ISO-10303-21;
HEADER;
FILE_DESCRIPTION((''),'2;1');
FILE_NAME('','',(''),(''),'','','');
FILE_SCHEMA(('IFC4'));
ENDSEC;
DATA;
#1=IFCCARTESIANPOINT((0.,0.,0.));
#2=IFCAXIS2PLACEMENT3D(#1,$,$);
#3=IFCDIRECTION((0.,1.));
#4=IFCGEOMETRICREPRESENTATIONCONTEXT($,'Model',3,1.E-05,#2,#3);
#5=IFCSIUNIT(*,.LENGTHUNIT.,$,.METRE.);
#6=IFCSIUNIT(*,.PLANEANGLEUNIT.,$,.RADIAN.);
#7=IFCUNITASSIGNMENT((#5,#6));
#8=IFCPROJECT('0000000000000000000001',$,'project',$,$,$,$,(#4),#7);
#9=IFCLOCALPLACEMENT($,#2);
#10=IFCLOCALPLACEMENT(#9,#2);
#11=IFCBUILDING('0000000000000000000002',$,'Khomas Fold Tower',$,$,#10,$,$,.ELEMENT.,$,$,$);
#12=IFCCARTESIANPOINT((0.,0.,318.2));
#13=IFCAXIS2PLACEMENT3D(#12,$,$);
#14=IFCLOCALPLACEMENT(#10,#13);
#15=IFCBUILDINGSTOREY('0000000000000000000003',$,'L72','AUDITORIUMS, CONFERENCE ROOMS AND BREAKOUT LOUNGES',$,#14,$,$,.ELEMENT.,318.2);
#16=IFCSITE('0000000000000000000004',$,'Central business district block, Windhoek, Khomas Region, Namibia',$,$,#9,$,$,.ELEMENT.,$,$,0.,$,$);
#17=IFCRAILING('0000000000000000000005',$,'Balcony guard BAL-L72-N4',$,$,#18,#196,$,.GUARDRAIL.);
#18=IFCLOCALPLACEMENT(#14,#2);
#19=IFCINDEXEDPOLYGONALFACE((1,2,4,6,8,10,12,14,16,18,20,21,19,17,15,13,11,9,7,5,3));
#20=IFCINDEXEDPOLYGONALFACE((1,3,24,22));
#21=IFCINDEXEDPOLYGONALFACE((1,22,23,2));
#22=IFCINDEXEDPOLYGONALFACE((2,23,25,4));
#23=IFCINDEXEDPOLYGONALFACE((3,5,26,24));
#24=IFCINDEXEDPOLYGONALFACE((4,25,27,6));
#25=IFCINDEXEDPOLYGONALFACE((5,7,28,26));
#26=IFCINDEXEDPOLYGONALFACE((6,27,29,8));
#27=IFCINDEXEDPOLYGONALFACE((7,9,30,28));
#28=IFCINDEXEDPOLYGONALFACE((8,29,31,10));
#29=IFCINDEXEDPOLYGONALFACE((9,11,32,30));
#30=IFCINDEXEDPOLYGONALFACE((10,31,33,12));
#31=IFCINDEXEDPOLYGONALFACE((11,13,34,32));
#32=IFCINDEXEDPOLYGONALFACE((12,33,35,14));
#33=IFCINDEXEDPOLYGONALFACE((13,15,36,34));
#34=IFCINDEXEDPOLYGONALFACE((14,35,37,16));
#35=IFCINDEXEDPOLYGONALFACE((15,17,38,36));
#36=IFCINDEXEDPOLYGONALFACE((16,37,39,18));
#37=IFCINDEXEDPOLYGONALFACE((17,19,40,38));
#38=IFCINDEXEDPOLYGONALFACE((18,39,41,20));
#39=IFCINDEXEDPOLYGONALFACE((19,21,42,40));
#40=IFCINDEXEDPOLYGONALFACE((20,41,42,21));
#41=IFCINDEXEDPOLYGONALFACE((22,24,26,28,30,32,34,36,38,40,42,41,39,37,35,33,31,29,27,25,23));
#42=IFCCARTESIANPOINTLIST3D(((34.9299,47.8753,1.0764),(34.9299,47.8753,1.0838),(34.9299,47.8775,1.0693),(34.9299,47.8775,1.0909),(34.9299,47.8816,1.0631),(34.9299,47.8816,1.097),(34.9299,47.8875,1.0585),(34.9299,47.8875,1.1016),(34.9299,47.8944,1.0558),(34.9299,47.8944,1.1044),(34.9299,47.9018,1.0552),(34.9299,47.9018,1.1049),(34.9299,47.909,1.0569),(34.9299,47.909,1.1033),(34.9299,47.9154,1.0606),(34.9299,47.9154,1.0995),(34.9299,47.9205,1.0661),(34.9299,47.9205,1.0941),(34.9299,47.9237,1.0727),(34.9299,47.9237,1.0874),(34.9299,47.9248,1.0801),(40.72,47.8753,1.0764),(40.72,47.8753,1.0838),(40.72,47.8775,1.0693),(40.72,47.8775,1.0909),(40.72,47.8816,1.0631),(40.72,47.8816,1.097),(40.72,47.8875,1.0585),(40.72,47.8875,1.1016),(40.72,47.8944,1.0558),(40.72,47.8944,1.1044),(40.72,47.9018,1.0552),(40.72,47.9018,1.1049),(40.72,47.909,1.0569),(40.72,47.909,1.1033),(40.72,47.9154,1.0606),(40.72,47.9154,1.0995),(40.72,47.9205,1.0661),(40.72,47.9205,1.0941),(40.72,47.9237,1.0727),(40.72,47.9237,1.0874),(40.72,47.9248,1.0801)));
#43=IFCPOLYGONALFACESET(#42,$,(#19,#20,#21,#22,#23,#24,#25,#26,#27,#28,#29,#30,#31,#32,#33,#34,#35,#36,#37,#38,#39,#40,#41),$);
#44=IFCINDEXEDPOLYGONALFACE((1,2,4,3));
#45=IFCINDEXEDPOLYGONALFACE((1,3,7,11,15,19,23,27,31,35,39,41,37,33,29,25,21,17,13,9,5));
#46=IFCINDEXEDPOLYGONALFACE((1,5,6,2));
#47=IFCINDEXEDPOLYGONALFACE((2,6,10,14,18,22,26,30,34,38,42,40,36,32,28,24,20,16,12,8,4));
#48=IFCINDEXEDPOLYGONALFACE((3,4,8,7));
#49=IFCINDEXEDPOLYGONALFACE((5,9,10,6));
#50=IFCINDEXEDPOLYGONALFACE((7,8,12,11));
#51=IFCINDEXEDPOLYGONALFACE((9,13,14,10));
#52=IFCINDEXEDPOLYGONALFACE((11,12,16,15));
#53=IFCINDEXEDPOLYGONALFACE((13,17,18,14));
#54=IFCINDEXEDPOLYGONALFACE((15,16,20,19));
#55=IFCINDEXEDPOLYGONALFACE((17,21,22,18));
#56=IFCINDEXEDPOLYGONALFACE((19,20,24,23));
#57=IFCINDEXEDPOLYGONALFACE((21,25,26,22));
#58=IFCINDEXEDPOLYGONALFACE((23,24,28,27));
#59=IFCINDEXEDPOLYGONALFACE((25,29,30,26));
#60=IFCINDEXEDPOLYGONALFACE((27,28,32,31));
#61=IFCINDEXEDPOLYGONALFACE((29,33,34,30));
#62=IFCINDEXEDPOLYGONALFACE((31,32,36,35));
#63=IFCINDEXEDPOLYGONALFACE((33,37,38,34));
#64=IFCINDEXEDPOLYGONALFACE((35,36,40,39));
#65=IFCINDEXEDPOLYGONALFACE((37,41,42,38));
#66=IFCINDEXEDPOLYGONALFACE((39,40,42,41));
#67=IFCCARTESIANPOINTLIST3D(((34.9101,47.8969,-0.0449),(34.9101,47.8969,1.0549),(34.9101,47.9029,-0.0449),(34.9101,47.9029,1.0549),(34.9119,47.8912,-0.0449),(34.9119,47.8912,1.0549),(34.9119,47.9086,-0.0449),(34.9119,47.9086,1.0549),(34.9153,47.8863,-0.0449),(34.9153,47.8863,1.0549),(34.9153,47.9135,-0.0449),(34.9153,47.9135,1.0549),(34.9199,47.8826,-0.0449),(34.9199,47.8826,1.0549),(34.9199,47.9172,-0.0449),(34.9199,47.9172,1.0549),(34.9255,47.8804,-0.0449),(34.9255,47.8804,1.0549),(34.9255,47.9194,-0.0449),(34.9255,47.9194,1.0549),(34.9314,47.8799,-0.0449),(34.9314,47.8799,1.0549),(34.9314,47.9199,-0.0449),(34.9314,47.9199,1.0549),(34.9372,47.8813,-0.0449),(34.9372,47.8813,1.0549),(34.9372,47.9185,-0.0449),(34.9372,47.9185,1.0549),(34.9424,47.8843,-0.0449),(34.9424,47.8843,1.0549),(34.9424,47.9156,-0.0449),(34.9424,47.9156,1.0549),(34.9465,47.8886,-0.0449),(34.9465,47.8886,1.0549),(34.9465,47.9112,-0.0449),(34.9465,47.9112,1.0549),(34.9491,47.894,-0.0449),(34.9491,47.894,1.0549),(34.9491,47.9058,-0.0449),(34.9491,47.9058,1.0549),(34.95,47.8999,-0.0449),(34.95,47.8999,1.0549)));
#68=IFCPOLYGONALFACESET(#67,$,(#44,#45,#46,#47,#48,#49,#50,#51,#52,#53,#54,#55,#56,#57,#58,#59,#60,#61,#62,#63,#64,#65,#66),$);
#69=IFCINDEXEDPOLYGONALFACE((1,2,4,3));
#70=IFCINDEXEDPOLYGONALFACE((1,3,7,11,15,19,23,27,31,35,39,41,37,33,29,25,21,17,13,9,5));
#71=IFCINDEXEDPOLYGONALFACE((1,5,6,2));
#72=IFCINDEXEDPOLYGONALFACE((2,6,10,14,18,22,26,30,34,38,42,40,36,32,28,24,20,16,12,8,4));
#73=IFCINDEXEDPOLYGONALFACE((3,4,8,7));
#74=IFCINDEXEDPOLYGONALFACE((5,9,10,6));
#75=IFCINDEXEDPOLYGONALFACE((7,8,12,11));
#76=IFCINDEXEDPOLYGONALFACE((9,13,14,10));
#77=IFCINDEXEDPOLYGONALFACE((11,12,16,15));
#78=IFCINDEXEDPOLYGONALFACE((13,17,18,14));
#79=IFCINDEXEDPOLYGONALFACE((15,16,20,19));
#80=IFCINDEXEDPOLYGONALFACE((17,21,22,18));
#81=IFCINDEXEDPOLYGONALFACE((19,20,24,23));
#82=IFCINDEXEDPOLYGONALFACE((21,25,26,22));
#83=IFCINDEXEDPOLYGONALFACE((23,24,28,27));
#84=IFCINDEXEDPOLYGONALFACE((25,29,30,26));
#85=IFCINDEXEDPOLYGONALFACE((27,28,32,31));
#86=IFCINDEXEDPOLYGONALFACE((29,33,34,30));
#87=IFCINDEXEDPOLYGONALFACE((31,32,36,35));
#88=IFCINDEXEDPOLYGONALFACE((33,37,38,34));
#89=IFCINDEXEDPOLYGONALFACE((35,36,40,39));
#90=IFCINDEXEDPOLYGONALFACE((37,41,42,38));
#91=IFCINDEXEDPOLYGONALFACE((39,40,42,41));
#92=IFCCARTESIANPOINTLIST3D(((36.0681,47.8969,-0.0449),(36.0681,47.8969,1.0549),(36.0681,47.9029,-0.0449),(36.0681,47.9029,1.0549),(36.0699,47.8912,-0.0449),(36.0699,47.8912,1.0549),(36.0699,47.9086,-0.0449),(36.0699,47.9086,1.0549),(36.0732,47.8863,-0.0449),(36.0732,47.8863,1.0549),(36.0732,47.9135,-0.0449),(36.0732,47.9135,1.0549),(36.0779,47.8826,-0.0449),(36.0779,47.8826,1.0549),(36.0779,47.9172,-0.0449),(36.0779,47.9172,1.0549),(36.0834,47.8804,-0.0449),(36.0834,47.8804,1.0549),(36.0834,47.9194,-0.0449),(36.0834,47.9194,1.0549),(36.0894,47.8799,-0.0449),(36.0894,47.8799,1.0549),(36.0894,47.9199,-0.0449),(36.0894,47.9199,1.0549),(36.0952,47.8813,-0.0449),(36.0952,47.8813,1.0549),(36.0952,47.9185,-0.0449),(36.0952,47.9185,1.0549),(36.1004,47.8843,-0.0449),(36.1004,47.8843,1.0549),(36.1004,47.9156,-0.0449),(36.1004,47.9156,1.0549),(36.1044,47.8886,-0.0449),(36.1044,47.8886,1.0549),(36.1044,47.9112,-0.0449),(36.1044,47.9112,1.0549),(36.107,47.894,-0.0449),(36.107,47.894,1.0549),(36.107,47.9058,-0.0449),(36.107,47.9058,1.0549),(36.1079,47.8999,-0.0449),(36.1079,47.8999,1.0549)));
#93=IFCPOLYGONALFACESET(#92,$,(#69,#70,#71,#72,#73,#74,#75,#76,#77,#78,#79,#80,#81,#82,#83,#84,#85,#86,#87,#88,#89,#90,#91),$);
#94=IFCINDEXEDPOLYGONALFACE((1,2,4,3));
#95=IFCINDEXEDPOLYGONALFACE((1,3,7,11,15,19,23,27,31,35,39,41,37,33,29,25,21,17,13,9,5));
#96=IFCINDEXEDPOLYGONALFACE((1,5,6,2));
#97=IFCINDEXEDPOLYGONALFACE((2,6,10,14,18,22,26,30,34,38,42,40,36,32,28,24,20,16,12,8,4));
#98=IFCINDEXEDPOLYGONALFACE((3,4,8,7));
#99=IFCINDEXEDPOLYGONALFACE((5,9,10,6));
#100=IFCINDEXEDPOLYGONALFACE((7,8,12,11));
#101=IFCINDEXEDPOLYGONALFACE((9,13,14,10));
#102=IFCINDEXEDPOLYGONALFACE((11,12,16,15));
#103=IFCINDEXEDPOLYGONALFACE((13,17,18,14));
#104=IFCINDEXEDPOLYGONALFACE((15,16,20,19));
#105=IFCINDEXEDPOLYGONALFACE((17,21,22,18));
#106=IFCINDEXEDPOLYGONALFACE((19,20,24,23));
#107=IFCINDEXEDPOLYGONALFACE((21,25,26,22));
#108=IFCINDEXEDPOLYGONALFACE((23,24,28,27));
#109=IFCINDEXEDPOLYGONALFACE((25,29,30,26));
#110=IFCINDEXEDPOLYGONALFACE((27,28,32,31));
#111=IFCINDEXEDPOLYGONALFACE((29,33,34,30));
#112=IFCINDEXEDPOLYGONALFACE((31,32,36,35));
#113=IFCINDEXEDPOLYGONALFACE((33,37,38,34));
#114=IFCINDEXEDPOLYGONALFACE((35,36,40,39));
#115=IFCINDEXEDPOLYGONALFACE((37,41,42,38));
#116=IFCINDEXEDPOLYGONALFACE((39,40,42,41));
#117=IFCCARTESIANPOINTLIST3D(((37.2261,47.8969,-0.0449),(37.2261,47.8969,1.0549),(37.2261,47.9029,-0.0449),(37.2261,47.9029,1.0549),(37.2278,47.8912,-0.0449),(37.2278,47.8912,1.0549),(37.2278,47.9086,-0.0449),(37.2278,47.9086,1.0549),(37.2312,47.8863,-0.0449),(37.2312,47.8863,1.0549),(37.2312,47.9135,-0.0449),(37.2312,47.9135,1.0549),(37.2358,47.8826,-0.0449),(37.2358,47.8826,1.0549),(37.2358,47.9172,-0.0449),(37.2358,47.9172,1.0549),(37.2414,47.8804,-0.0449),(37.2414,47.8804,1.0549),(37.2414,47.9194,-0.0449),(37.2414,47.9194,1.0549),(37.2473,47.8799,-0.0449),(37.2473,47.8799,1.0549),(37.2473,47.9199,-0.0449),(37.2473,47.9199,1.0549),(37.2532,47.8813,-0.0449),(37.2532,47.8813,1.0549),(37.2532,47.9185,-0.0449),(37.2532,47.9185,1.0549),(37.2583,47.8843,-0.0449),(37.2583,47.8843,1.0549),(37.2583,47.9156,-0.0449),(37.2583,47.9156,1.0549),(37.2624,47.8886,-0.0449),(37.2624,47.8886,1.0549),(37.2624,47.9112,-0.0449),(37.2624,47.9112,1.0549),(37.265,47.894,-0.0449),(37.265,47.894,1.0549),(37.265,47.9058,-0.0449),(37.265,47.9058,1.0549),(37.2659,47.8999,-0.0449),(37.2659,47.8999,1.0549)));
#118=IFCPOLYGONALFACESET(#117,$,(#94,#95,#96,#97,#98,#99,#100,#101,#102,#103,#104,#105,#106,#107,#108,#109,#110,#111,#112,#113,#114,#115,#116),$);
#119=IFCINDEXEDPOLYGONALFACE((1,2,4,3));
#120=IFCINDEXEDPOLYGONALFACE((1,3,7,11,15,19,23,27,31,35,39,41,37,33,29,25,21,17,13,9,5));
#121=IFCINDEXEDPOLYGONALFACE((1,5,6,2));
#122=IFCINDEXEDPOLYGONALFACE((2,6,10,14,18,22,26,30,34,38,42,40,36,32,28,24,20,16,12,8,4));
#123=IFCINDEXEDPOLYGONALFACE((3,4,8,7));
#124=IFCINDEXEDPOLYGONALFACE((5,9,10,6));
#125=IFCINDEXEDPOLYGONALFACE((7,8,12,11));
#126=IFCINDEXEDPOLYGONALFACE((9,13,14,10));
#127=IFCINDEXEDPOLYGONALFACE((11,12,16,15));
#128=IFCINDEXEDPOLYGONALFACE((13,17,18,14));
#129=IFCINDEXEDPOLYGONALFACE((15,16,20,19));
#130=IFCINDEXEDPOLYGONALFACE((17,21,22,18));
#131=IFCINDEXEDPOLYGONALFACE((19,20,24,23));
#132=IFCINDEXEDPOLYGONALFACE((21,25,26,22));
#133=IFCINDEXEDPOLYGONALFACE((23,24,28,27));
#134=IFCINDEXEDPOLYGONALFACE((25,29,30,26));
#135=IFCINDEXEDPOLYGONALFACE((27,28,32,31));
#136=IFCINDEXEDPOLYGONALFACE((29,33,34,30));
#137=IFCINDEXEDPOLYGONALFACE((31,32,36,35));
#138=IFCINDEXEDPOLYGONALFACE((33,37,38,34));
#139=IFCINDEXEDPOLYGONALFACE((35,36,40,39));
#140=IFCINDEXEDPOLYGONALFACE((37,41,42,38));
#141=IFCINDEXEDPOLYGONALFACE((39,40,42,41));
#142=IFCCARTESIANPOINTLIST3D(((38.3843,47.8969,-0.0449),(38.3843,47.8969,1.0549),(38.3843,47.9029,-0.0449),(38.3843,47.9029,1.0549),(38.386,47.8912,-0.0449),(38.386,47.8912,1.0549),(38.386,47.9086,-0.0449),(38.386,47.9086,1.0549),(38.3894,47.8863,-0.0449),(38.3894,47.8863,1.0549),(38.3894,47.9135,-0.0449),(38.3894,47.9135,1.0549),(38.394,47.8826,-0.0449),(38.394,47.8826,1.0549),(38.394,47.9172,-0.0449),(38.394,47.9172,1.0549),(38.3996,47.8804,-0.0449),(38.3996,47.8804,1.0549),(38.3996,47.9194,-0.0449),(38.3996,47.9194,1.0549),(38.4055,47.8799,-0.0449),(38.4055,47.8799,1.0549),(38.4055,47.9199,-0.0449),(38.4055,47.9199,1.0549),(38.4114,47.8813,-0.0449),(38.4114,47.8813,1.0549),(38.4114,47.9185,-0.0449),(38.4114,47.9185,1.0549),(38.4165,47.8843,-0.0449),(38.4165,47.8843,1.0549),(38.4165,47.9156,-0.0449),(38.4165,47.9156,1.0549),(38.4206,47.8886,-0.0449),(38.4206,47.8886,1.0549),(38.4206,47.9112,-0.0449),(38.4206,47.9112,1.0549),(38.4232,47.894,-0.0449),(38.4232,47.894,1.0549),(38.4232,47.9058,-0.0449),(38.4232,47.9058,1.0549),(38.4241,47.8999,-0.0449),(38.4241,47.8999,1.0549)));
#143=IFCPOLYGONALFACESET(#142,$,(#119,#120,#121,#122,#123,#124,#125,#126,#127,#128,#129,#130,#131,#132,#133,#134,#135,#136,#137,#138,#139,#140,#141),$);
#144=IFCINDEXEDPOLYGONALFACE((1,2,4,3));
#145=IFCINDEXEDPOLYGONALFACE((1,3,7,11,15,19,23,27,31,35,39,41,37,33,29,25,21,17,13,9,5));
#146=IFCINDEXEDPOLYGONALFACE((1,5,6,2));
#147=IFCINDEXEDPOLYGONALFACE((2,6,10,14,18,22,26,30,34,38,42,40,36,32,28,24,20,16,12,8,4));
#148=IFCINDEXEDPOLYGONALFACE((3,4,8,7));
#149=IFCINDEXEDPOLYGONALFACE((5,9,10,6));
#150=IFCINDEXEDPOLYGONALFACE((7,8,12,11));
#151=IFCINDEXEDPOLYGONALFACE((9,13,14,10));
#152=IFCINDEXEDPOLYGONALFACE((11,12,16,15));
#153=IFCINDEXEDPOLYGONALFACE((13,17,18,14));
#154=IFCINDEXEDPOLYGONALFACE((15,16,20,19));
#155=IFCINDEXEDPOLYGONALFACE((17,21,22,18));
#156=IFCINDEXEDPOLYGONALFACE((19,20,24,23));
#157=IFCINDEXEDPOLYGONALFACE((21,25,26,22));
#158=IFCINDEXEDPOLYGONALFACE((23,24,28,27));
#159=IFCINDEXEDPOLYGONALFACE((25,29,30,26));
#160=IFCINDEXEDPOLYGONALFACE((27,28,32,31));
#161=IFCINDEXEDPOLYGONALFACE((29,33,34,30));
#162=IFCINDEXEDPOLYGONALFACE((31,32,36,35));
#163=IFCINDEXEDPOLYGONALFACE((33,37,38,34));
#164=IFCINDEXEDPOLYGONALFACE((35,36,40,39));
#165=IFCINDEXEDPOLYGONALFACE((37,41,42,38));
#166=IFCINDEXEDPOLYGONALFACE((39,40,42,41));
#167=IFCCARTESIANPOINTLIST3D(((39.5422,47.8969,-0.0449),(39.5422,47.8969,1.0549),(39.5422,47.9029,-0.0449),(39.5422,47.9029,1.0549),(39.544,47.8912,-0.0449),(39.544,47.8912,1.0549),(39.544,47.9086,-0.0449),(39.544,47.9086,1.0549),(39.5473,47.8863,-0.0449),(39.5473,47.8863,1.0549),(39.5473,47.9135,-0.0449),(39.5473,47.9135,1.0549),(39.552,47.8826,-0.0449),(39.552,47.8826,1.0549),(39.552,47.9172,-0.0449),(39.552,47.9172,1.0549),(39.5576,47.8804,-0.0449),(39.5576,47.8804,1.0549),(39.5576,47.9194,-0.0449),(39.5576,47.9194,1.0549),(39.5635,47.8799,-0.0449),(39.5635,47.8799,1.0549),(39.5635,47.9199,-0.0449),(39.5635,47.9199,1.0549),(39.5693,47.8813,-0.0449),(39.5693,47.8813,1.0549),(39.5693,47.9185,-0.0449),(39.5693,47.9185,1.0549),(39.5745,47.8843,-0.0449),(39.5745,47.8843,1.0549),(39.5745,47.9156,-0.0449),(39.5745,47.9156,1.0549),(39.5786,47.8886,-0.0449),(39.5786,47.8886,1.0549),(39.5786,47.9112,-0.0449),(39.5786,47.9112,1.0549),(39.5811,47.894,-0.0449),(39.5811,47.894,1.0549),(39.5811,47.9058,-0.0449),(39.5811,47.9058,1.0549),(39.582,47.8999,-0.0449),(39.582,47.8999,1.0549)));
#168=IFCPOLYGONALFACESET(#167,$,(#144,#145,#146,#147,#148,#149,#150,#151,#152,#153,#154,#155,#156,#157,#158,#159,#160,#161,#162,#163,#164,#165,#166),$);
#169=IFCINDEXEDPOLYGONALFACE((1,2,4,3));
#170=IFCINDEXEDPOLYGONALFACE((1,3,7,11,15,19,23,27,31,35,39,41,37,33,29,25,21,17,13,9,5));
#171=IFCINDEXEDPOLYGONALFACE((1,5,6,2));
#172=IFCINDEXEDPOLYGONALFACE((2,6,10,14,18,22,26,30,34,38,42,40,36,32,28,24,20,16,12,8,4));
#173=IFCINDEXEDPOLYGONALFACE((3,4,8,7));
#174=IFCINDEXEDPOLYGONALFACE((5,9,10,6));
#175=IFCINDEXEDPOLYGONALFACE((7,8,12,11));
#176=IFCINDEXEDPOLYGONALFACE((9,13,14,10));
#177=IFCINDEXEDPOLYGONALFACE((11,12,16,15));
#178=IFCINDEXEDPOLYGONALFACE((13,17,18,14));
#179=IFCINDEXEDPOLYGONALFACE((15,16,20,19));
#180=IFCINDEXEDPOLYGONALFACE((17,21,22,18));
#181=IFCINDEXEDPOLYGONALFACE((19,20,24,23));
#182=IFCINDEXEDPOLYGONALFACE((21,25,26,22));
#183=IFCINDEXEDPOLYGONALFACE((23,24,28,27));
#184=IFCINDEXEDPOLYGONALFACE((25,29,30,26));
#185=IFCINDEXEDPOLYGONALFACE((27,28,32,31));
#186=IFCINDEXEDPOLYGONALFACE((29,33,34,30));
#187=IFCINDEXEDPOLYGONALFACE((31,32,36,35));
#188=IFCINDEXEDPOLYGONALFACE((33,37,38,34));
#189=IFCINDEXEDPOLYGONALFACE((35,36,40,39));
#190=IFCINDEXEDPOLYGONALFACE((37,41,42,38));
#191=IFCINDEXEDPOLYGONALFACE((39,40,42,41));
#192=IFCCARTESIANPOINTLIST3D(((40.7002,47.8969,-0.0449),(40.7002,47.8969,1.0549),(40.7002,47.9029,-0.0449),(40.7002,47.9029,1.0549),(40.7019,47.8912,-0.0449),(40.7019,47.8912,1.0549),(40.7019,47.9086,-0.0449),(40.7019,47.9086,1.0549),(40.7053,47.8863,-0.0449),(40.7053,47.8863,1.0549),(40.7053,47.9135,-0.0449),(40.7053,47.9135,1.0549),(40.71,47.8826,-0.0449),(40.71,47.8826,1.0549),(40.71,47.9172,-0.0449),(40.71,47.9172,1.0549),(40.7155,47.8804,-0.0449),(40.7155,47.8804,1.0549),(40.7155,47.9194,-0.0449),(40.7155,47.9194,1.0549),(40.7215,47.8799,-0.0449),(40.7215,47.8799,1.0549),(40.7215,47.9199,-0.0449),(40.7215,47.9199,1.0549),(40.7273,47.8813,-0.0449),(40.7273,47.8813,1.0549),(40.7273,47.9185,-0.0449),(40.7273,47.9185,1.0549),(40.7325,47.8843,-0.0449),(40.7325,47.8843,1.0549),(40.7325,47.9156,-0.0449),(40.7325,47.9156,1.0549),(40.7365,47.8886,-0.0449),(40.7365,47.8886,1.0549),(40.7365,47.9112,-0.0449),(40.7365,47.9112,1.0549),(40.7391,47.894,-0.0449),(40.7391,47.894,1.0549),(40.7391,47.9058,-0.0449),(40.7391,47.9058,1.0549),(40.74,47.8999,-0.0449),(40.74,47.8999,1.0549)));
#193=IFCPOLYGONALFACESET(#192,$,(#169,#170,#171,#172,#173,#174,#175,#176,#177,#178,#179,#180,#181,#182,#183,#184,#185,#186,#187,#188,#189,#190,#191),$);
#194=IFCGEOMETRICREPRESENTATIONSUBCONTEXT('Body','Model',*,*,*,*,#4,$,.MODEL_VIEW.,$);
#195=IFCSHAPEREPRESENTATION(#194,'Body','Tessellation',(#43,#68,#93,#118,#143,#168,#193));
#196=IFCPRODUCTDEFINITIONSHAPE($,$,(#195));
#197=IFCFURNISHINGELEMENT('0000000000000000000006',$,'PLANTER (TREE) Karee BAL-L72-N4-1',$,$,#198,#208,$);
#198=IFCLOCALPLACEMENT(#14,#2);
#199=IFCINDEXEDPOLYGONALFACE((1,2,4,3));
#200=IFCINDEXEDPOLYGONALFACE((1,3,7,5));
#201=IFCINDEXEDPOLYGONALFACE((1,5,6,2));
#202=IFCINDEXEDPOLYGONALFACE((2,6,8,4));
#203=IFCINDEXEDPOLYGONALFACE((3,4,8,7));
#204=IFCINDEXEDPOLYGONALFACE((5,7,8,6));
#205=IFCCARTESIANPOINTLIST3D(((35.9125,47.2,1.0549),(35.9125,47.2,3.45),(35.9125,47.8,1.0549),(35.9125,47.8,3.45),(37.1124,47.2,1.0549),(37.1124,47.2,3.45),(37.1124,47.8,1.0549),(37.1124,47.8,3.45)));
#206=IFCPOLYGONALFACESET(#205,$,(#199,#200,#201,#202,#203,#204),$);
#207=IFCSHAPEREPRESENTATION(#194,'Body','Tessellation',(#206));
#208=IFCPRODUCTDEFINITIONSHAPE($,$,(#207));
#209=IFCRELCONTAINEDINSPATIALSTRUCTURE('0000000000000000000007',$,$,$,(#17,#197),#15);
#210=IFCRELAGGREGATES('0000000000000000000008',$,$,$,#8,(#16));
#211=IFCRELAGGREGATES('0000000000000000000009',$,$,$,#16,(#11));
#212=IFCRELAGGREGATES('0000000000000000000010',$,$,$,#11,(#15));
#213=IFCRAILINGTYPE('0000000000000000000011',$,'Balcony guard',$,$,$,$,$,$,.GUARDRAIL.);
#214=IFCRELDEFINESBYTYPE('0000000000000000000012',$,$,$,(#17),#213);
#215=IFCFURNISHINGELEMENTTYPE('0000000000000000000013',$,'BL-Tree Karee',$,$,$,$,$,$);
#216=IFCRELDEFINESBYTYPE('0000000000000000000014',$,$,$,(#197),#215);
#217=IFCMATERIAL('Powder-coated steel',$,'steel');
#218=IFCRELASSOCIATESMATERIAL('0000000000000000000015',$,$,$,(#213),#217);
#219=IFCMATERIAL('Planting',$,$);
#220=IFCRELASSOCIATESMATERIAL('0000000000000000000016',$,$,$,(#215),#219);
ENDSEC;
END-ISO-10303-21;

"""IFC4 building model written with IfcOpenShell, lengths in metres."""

from ifc_helpers import new_model, si_unit, direction, frame, origin, origin_2d, place, context, subcontext, project, spatial, rectangle, circle, extrude, source, transform, mapped, material, type_object, element, save


model = new_model("IFC4")

# Units and contexts
model_context = context("Model", 3, precision=1e-05, world=origin(), true_north=direction((0.0, 1.0)))
body_context = subcontext(model_context, "Body", "Model", "MODEL_VIEW")
ifc_project = project(units=[si_unit("LENGTHUNIT", "METRE"), si_unit("PLANEANGLEUNIT", "RADIAN")], contexts=[model_context])

# Site, building, storey
site_placement = place(None, origin())
site = spatial("IfcSite", under=ifc_project, at=site_placement, Name="Central business district block, Windhoek, Khomas Region, Namibia", CompositionType="ELEMENT", RefElevation=0.0)
building_placement = place(site_placement, origin())
building = spatial("IfcBuilding", under=site, at=building_placement, Name="Khomas Fold Tower", CompositionType="ELEMENT")
storey_placement = place(building_placement, frame((0.0, 0.0, 318.2)))
storey = spatial("IfcBuildingStorey", under=building, at=storey_placement, Name="L72", Description="AUDITORIUMS, CONFERENCE ROOMS AND BREAKOUT LOUNGES", CompositionType="ELEMENT", Elevation=318.2)

# Railing
ifc_material_1 = material(Name="Powder-coated steel", Category="steel")
railing_type = type_object("IfcRailingType", Name="Balcony guard", PredefinedType="GUARDRAIL", material=ifc_material_1)
shared_shape_1 = source(origin(), body_context, "Body", "SweptSolid", [
    extrude(circle(Radius=0.0249, at=origin_2d()), frame((0.0, 0.0, 1.125), z_axis=(1.0, 0.0, 0.0), x_axis=(0.0, 1.0, 0.0)), (0.0, 0.0, 1.0), 5.79),
    extrude(circle(Radius=0.02, at=origin_2d()), origin(), (0.0, 0.0, 1.0), 1.0999),
    extrude(circle(Radius=0.02, at=origin_2d()), frame((1.158, 0.0, 0.0)), (0.0, 0.0, 1.0), 1.0999),
    extrude(circle(Radius=0.02, at=origin_2d()), frame((2.3159, 0.0, 0.0)), (0.0, 0.0, 1.0), 1.0999),
    extrude(circle(Radius=0.02, at=origin_2d()), frame((3.4741, 0.0, 0.0)), (0.0, 0.0, 1.0), 1.0999),
    extrude(circle(Radius=0.02, at=origin_2d()), frame((4.6321, 0.0, 0.0)), (0.0, 0.0, 1.0), 1.0999),
    extrude(circle(Radius=0.02, at=origin_2d()), frame((5.79, 0.0, 0.0)), (0.0, 0.0, 1.0), 1.0999),
])
railing_placement = place(storey_placement, frame((34.9299, 47.8999, -0.0449)))
element("IfcRailing", 1, at=railing_placement, inside=storey, type_object=railing_type, Name="Balcony guard BAL-L72-N4", PredefinedType="GUARDRAIL", context=body_context, shape_type="MappedRepresentation", body=[
    mapped(shared_shape_1, transform((0.0, 0.0, 0.0))),
])

# Furnishing element
ifc_material_2 = material(Name="Planting")
furnishing_element_type = type_object("IfcFurnishingElementType", Name="BL-Tree Karee", material=ifc_material_2)
shared_shape_2 = source(origin(), body_context, "Body", "SweptSolid", [
    extrude(rectangle(XDim=1.2, YDim=0.6001, at=origin_2d()), origin(), (0.0, 0.0, 1.0), 2.395),
])
furnishing_placement = place(storey_placement, frame((36.5125, 47.5, 1.0549), z_axis=(0.0, 0.0, 1.0), x_axis=(1.0, 0.0, 0.0)))
element("IfcFurnishingElement", 2, at=furnishing_placement, inside=storey, type_object=furnishing_element_type, Name="PLANTER (TREE) Karee BAL-L72-N4-1", context=body_context, shape_type="MappedRepresentation", body=[
    mapped(shared_shape_2, transform((0.0, 0.0, 0.0))),
])

save(model, "model.ifc")
